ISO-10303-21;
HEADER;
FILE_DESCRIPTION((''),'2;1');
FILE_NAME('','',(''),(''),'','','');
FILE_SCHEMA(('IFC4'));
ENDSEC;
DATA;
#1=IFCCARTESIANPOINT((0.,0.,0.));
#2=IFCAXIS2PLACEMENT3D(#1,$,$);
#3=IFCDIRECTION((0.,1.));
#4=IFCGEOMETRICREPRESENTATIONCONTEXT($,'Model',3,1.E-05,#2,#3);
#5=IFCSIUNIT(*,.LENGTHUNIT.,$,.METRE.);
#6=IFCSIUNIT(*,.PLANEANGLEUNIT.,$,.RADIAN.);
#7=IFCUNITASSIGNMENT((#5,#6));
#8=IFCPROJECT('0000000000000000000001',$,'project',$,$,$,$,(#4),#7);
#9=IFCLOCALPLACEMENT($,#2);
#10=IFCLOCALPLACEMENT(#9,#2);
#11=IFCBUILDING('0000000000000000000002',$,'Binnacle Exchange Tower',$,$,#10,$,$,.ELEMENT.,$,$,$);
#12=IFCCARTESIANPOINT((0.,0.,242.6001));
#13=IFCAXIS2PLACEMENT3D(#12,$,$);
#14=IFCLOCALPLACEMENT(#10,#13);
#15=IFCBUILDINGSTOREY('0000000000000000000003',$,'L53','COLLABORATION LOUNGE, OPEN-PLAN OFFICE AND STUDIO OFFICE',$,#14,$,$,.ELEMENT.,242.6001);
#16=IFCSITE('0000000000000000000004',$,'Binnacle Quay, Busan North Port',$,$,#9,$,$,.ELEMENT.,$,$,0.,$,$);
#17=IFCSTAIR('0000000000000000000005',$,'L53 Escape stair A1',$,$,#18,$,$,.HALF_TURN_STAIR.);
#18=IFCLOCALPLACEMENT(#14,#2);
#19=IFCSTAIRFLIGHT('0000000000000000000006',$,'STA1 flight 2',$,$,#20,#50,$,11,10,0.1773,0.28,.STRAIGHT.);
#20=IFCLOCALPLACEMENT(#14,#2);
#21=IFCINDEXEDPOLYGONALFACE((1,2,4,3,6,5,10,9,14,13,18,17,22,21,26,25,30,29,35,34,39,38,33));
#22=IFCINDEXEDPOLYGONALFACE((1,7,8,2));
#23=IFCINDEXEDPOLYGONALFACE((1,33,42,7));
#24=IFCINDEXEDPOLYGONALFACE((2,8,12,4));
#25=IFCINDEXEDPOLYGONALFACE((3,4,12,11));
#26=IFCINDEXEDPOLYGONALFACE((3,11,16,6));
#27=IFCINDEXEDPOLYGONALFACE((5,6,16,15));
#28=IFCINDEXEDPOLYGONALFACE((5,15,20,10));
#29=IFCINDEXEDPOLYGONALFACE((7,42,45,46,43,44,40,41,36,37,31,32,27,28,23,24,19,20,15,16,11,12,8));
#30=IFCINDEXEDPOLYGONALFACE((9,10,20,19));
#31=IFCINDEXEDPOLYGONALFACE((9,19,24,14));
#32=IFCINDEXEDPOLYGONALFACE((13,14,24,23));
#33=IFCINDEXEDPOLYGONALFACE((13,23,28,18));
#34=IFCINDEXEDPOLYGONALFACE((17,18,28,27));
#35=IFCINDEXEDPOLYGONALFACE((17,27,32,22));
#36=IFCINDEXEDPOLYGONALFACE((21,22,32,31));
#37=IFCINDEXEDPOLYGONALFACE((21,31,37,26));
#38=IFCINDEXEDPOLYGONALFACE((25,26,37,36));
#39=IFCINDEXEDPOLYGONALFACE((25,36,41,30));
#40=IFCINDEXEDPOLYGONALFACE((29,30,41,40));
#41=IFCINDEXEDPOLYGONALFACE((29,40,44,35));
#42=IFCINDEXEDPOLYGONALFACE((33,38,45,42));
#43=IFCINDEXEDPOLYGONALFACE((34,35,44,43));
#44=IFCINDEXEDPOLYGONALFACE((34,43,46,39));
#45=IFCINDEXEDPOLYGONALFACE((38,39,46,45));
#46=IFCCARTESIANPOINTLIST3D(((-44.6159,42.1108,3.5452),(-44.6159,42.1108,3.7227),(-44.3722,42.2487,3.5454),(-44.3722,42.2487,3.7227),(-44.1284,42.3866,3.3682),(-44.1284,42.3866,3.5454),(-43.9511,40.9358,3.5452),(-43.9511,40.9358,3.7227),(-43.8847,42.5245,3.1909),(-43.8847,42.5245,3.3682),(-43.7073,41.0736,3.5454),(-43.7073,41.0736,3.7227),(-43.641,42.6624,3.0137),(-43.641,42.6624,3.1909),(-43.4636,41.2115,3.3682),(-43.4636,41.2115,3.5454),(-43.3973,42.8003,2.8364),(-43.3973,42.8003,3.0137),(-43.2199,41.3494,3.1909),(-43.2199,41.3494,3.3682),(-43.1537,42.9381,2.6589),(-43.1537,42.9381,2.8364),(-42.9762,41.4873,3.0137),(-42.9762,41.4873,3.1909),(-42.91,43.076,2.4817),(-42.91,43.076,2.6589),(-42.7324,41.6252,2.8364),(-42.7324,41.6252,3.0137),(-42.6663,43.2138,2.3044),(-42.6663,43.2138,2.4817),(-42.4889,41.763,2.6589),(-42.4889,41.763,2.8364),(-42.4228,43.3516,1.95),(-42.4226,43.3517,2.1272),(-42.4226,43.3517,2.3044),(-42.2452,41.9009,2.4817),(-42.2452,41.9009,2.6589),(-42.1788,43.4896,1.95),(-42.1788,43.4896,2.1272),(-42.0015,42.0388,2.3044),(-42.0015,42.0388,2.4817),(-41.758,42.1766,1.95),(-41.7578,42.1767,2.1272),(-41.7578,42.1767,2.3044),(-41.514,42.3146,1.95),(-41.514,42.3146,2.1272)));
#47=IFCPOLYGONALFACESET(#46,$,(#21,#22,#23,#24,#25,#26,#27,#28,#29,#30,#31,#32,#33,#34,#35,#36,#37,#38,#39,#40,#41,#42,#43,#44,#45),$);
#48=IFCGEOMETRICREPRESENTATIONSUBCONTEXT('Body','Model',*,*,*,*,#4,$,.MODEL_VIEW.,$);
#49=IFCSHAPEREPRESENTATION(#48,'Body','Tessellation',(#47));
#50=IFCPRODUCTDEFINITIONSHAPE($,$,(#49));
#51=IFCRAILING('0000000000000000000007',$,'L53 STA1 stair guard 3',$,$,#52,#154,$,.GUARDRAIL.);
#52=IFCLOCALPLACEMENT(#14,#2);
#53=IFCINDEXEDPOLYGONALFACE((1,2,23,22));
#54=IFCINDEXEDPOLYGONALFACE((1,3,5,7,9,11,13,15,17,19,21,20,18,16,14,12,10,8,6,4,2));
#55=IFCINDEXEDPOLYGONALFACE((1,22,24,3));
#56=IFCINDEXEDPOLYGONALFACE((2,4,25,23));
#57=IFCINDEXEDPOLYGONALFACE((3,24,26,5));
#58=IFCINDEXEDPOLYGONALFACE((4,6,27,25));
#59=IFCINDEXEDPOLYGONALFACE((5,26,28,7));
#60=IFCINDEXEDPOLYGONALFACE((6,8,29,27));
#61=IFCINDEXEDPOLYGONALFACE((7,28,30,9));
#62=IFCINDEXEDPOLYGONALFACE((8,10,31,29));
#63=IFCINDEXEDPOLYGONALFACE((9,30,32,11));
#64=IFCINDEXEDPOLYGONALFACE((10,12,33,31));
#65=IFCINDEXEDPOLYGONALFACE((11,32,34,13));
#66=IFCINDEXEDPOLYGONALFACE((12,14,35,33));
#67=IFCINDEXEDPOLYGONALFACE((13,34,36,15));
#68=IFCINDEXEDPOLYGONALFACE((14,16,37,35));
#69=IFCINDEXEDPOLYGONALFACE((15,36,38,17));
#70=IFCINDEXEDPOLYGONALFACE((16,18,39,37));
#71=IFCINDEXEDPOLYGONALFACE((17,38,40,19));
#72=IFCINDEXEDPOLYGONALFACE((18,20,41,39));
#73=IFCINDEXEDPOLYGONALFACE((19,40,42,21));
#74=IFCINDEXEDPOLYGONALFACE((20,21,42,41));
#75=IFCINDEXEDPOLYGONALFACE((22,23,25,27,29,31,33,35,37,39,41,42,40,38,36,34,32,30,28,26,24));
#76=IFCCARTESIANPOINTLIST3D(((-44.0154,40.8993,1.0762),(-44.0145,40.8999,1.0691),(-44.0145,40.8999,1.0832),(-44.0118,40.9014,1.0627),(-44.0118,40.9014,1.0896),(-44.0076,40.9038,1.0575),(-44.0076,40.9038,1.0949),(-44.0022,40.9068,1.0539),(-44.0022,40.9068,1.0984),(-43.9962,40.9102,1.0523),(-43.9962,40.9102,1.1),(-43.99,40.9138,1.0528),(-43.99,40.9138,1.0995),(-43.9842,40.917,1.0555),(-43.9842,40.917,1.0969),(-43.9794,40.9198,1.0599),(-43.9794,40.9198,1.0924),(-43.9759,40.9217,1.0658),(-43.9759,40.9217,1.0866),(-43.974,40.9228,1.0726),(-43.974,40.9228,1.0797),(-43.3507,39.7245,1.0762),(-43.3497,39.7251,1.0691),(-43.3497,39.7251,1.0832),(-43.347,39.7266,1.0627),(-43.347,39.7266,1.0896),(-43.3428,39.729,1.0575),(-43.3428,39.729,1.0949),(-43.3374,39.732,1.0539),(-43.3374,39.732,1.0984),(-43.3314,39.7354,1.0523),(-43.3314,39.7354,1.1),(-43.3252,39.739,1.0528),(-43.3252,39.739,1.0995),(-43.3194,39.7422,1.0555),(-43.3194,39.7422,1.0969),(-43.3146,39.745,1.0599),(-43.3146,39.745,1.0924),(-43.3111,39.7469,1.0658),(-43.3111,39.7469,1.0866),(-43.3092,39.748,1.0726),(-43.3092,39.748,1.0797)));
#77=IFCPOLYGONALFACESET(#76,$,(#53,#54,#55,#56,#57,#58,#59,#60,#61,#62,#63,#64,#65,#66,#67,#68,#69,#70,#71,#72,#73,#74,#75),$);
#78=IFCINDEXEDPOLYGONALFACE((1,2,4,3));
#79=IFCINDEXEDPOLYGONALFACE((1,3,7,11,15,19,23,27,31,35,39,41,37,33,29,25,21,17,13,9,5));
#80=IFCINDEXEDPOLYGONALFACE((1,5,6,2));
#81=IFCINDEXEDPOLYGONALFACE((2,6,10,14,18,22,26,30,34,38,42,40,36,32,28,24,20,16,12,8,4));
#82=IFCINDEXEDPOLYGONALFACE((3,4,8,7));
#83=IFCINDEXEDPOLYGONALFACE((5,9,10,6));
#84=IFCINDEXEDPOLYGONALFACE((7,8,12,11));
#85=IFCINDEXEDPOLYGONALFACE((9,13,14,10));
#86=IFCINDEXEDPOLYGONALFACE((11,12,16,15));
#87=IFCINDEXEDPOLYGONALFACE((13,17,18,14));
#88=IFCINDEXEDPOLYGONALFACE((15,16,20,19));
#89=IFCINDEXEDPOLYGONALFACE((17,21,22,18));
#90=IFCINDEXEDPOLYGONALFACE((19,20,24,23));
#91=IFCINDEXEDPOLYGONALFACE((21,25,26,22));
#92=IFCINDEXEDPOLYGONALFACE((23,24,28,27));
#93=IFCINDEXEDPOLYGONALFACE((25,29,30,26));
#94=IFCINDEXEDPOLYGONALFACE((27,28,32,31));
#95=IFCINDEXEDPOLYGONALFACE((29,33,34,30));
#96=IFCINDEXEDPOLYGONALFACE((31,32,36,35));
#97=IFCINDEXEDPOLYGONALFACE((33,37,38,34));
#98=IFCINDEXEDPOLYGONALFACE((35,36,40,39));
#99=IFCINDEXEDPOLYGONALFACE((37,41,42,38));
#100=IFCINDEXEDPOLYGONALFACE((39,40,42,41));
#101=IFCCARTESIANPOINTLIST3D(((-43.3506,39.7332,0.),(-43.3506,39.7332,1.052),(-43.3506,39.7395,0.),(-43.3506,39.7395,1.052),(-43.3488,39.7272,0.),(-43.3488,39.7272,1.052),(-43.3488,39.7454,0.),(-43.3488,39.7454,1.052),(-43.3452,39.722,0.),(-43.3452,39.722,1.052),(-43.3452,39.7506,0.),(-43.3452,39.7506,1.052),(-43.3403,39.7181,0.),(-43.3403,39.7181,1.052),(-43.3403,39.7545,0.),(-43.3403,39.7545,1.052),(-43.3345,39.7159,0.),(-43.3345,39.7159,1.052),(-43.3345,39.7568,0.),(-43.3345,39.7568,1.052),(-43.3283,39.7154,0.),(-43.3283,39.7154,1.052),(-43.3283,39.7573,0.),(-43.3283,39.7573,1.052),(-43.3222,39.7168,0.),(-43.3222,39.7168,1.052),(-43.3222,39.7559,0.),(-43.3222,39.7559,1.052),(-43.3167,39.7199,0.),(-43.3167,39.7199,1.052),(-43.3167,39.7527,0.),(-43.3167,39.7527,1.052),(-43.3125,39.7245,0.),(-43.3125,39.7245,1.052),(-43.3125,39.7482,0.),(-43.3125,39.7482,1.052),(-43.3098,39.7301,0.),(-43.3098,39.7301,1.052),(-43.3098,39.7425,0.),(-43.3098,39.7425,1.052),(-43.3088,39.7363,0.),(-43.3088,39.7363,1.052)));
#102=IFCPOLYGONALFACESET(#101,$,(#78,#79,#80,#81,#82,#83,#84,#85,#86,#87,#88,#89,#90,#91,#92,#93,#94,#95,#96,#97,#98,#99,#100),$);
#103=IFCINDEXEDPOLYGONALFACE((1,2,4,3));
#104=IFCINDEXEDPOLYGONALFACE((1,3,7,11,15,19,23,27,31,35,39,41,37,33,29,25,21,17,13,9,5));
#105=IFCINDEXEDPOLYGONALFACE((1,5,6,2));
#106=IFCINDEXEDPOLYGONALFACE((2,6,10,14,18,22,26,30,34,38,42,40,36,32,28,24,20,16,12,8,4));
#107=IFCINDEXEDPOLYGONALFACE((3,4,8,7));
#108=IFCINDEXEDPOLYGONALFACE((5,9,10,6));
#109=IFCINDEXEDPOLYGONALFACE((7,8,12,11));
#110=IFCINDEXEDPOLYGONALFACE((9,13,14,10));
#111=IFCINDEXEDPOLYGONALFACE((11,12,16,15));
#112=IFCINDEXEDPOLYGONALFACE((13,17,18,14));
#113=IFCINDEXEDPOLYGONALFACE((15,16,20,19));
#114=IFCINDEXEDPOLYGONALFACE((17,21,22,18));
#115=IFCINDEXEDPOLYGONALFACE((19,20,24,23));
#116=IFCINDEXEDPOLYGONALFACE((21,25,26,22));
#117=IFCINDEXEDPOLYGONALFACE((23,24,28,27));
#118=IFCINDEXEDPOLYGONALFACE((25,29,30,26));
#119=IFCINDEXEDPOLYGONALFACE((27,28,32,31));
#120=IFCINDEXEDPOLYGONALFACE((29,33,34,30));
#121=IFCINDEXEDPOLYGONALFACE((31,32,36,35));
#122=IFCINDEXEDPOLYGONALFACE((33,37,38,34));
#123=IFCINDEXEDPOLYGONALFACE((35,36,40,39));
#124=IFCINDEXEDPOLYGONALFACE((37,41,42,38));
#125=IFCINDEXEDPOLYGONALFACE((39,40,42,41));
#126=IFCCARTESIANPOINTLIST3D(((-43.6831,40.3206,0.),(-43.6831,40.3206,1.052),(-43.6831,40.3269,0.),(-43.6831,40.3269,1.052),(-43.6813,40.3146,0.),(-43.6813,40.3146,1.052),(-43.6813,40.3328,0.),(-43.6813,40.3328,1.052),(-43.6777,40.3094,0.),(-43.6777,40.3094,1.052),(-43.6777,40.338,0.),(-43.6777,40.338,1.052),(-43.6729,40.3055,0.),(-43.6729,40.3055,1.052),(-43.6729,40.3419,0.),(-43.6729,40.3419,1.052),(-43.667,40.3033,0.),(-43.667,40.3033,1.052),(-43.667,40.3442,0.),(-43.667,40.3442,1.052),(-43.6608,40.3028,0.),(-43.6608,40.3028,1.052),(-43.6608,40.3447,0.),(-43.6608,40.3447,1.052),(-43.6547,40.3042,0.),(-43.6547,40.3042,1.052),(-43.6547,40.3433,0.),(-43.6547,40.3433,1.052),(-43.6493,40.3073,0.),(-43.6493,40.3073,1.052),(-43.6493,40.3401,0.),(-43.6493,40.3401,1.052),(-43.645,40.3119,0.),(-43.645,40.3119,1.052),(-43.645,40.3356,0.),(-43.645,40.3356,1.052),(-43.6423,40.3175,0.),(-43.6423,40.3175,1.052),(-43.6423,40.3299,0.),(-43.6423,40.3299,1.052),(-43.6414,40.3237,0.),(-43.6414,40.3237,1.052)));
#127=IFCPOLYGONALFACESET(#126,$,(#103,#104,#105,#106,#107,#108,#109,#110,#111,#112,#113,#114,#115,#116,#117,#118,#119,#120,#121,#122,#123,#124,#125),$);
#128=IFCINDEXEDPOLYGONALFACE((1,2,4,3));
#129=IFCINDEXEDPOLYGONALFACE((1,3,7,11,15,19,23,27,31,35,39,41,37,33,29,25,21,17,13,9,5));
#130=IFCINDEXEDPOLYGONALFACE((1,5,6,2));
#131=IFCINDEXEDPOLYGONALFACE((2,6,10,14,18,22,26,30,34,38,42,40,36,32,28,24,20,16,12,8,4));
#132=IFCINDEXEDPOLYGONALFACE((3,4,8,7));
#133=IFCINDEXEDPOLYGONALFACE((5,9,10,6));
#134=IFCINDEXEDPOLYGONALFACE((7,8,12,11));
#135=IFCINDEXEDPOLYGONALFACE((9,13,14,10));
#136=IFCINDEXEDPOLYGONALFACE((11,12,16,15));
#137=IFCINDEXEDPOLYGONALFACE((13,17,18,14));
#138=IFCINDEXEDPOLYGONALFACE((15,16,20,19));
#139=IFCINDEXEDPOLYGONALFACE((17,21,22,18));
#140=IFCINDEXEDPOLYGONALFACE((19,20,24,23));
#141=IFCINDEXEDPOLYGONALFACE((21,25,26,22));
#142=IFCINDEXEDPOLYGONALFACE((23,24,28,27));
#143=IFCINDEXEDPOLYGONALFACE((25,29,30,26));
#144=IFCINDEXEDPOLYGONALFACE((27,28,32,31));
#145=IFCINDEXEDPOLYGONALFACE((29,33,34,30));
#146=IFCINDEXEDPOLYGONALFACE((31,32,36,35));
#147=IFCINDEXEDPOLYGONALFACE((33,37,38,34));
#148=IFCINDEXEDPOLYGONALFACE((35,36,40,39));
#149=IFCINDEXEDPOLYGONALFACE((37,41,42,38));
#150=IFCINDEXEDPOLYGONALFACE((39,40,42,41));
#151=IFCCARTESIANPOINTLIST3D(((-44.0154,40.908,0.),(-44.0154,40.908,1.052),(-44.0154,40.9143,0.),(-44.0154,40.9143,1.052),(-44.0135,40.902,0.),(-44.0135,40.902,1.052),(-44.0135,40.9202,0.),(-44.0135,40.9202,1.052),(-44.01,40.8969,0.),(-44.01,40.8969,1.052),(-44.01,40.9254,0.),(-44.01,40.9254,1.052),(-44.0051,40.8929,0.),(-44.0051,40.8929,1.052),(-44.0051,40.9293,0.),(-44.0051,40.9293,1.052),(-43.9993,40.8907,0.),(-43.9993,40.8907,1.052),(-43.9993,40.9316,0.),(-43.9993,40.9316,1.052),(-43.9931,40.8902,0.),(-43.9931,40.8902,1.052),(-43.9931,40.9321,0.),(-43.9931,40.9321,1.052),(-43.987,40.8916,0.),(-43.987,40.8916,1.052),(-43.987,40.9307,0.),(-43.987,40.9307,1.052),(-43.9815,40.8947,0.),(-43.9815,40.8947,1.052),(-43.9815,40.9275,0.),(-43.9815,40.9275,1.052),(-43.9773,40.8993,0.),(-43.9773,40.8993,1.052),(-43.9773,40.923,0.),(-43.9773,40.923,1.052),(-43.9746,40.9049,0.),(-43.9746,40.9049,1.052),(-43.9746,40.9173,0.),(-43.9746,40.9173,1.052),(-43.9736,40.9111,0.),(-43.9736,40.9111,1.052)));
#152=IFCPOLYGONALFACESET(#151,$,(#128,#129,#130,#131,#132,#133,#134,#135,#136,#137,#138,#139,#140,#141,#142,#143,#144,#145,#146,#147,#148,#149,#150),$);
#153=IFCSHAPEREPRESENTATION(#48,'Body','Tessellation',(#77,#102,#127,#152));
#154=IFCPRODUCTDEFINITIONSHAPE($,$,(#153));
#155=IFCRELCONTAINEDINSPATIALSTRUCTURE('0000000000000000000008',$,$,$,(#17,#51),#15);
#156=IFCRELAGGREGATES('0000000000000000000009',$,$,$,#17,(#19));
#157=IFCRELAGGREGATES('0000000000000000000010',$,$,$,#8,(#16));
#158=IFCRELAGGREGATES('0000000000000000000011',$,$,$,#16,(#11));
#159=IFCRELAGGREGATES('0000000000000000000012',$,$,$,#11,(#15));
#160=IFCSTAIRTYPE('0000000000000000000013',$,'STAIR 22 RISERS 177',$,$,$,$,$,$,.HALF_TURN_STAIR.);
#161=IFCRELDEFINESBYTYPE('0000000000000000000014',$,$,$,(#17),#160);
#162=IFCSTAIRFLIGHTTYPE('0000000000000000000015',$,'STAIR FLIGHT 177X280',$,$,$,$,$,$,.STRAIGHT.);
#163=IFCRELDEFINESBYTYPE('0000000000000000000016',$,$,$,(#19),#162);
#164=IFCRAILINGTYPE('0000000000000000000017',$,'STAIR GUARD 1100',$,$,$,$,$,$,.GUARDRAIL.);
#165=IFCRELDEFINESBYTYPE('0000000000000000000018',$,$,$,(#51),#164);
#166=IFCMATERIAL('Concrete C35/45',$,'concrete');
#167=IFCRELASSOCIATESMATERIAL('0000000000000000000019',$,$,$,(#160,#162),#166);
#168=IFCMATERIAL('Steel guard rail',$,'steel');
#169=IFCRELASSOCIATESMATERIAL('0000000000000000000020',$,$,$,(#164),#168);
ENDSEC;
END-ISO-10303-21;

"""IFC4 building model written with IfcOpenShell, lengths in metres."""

from ifc_helpers import new_model, si_unit, direction, frame, origin, origin_2d, place, context, subcontext, project, spatial, polyline, circle, outline, extrude, material, type_object, element, aggregate, save


model = new_model("IFC4")

# Units and contexts
model_context = context("Model", 3, precision=1e-05, world=origin(), true_north=direction((0.0, 1.0)))
body_context = subcontext(model_context, "Body", "Model", "MODEL_VIEW")
ifc_project = project(units=[si_unit("LENGTHUNIT", "METRE"), si_unit("PLANEANGLEUNIT", "RADIAN")], contexts=[model_context])

# Site, building, storey
site_placement = place(None, origin())
site = spatial("IfcSite", under=ifc_project, at=site_placement, Name="Binnacle Quay, Busan North Port", CompositionType="ELEMENT", RefElevation=0.0)
building_placement = place(site_placement, origin())
building = spatial("IfcBuilding", under=site, at=building_placement, Name="Binnacle Exchange Tower", CompositionType="ELEMENT")
storey_placement = place(building_placement, frame((0.0, 0.0, 242.6001)))
storey = spatial("IfcBuildingStorey", under=building, at=storey_placement, Name="L53", Description="COLLABORATION LOUNGE, OPEN-PLAN OFFICE AND STUDIO OFFICE", CompositionType="ELEMENT", Elevation=242.6001)

# Stair, stair flight
ifc_material_1 = material(Name="Concrete C35/45", Category="concrete")
stair_type = type_object("IfcStairType", Name="STAIR 22 RISERS 177", PredefinedType="HALF_TURN_STAIR", material=ifc_material_1)
stair_placement = place(storey_placement, origin())
stair = element("IfcStair", 1, at=stair_placement, inside=storey, type_object=stair_type, Name="L53 Escape stair A1", PredefinedType="HALF_TURN_STAIR")
stair_flight_type = type_object("IfcStairFlightType", Name="STAIR FLIGHT 177X280", PredefinedType="STRAIGHT", material=ifc_material_1)
stair_flight_1_placement = place(storey_placement, frame((-41.8464, 42.9021, 1.95), z_axis=(0.0, 0.0, 1.0), x_axis=(-0.870356, -0.492424, 0.0)))
stair_flight_1 = element("IfcStairFlight", 2, at=stair_flight_1_placement, type_object=stair_flight_type, Name="STA1 flight 2", NumberOfRisers=11, NumberOfTreads=10, PredefinedType="STRAIGHT", RiserHeight=0.1773, TreadLength=0.28, context=body_context, shape_type="SweptSolid", body=[
    extrude(outline(polyline([(0.0, 0.0), (0.0, 0.1772), (0.28, 0.1772), (0.28, 0.3545), (0.5601, 0.3545), (0.5601, 0.5317), (0.8401, 0.5317), (0.8401, 0.709), (1.1201, 0.709), (1.1201, 0.8865), (1.3999, 0.8865), (1.3999, 1.0637), (1.6799, 1.0637), (1.6799, 1.241), (1.96, 1.241), (1.96, 1.4182), (2.24, 1.4182), (2.24, 1.5955), (2.52, 1.5955), (2.52, 1.7727), (2.8, 1.7727), (2.8, 1.95), (2.8, 1.5952), (0.2803, 0.0), (0.0, 0.0)])), frame((0.0, 0.675, 0.0), z_axis=(0.0, -1.0, 0.0), x_axis=(1.0, 0.0, 0.0)), (0.0, 0.0, 1.0), 1.3501),
])
aggregate(stair, [stair_flight_1])

# Railing
ifc_material_2 = material(Name="Steel guard rail", Category="steel")
railing_type = type_object("IfcRailingType", Name="STAIR GUARD 1100", PredefinedType="GUARDRAIL", material=ifc_material_2)
railing_1_placement = place(storey_placement, frame((-43.3298, 39.7363, 0.0)))
element("IfcRailing", 3, at=railing_1_placement, inside=storey, type_object=railing_type, Name="L53 STA1 stair guard 3", PredefinedType="GUARDRAIL", context=body_context, shape_type="SweptSolid", body=[
    extrude(circle(Radius=0.0239, at=origin_2d()), frame((0.0, 0.0, 1.0762), z_axis=(-0.492492, 0.870317, 0.0), x_axis=(-0.870317, -0.492492, 0.0)), (0.0, 0.0, 1.0), 1.3499),
    extrude(circle(Radius=0.021, at=origin_2d()), origin(), (0.0, 0.0, 1.0), 1.052),
    extrude(circle(Radius=0.021, at=origin_2d()), frame((-0.3325, 0.5874, 0.0)), (0.0, 0.0, 1.0), 1.052),
    extrude(circle(Radius=0.021, at=origin_2d()), frame((-0.6648, 1.1748, 0.0)), (0.0, 0.0, 1.0), 1.052),
])

save(model, "model.ifc")
